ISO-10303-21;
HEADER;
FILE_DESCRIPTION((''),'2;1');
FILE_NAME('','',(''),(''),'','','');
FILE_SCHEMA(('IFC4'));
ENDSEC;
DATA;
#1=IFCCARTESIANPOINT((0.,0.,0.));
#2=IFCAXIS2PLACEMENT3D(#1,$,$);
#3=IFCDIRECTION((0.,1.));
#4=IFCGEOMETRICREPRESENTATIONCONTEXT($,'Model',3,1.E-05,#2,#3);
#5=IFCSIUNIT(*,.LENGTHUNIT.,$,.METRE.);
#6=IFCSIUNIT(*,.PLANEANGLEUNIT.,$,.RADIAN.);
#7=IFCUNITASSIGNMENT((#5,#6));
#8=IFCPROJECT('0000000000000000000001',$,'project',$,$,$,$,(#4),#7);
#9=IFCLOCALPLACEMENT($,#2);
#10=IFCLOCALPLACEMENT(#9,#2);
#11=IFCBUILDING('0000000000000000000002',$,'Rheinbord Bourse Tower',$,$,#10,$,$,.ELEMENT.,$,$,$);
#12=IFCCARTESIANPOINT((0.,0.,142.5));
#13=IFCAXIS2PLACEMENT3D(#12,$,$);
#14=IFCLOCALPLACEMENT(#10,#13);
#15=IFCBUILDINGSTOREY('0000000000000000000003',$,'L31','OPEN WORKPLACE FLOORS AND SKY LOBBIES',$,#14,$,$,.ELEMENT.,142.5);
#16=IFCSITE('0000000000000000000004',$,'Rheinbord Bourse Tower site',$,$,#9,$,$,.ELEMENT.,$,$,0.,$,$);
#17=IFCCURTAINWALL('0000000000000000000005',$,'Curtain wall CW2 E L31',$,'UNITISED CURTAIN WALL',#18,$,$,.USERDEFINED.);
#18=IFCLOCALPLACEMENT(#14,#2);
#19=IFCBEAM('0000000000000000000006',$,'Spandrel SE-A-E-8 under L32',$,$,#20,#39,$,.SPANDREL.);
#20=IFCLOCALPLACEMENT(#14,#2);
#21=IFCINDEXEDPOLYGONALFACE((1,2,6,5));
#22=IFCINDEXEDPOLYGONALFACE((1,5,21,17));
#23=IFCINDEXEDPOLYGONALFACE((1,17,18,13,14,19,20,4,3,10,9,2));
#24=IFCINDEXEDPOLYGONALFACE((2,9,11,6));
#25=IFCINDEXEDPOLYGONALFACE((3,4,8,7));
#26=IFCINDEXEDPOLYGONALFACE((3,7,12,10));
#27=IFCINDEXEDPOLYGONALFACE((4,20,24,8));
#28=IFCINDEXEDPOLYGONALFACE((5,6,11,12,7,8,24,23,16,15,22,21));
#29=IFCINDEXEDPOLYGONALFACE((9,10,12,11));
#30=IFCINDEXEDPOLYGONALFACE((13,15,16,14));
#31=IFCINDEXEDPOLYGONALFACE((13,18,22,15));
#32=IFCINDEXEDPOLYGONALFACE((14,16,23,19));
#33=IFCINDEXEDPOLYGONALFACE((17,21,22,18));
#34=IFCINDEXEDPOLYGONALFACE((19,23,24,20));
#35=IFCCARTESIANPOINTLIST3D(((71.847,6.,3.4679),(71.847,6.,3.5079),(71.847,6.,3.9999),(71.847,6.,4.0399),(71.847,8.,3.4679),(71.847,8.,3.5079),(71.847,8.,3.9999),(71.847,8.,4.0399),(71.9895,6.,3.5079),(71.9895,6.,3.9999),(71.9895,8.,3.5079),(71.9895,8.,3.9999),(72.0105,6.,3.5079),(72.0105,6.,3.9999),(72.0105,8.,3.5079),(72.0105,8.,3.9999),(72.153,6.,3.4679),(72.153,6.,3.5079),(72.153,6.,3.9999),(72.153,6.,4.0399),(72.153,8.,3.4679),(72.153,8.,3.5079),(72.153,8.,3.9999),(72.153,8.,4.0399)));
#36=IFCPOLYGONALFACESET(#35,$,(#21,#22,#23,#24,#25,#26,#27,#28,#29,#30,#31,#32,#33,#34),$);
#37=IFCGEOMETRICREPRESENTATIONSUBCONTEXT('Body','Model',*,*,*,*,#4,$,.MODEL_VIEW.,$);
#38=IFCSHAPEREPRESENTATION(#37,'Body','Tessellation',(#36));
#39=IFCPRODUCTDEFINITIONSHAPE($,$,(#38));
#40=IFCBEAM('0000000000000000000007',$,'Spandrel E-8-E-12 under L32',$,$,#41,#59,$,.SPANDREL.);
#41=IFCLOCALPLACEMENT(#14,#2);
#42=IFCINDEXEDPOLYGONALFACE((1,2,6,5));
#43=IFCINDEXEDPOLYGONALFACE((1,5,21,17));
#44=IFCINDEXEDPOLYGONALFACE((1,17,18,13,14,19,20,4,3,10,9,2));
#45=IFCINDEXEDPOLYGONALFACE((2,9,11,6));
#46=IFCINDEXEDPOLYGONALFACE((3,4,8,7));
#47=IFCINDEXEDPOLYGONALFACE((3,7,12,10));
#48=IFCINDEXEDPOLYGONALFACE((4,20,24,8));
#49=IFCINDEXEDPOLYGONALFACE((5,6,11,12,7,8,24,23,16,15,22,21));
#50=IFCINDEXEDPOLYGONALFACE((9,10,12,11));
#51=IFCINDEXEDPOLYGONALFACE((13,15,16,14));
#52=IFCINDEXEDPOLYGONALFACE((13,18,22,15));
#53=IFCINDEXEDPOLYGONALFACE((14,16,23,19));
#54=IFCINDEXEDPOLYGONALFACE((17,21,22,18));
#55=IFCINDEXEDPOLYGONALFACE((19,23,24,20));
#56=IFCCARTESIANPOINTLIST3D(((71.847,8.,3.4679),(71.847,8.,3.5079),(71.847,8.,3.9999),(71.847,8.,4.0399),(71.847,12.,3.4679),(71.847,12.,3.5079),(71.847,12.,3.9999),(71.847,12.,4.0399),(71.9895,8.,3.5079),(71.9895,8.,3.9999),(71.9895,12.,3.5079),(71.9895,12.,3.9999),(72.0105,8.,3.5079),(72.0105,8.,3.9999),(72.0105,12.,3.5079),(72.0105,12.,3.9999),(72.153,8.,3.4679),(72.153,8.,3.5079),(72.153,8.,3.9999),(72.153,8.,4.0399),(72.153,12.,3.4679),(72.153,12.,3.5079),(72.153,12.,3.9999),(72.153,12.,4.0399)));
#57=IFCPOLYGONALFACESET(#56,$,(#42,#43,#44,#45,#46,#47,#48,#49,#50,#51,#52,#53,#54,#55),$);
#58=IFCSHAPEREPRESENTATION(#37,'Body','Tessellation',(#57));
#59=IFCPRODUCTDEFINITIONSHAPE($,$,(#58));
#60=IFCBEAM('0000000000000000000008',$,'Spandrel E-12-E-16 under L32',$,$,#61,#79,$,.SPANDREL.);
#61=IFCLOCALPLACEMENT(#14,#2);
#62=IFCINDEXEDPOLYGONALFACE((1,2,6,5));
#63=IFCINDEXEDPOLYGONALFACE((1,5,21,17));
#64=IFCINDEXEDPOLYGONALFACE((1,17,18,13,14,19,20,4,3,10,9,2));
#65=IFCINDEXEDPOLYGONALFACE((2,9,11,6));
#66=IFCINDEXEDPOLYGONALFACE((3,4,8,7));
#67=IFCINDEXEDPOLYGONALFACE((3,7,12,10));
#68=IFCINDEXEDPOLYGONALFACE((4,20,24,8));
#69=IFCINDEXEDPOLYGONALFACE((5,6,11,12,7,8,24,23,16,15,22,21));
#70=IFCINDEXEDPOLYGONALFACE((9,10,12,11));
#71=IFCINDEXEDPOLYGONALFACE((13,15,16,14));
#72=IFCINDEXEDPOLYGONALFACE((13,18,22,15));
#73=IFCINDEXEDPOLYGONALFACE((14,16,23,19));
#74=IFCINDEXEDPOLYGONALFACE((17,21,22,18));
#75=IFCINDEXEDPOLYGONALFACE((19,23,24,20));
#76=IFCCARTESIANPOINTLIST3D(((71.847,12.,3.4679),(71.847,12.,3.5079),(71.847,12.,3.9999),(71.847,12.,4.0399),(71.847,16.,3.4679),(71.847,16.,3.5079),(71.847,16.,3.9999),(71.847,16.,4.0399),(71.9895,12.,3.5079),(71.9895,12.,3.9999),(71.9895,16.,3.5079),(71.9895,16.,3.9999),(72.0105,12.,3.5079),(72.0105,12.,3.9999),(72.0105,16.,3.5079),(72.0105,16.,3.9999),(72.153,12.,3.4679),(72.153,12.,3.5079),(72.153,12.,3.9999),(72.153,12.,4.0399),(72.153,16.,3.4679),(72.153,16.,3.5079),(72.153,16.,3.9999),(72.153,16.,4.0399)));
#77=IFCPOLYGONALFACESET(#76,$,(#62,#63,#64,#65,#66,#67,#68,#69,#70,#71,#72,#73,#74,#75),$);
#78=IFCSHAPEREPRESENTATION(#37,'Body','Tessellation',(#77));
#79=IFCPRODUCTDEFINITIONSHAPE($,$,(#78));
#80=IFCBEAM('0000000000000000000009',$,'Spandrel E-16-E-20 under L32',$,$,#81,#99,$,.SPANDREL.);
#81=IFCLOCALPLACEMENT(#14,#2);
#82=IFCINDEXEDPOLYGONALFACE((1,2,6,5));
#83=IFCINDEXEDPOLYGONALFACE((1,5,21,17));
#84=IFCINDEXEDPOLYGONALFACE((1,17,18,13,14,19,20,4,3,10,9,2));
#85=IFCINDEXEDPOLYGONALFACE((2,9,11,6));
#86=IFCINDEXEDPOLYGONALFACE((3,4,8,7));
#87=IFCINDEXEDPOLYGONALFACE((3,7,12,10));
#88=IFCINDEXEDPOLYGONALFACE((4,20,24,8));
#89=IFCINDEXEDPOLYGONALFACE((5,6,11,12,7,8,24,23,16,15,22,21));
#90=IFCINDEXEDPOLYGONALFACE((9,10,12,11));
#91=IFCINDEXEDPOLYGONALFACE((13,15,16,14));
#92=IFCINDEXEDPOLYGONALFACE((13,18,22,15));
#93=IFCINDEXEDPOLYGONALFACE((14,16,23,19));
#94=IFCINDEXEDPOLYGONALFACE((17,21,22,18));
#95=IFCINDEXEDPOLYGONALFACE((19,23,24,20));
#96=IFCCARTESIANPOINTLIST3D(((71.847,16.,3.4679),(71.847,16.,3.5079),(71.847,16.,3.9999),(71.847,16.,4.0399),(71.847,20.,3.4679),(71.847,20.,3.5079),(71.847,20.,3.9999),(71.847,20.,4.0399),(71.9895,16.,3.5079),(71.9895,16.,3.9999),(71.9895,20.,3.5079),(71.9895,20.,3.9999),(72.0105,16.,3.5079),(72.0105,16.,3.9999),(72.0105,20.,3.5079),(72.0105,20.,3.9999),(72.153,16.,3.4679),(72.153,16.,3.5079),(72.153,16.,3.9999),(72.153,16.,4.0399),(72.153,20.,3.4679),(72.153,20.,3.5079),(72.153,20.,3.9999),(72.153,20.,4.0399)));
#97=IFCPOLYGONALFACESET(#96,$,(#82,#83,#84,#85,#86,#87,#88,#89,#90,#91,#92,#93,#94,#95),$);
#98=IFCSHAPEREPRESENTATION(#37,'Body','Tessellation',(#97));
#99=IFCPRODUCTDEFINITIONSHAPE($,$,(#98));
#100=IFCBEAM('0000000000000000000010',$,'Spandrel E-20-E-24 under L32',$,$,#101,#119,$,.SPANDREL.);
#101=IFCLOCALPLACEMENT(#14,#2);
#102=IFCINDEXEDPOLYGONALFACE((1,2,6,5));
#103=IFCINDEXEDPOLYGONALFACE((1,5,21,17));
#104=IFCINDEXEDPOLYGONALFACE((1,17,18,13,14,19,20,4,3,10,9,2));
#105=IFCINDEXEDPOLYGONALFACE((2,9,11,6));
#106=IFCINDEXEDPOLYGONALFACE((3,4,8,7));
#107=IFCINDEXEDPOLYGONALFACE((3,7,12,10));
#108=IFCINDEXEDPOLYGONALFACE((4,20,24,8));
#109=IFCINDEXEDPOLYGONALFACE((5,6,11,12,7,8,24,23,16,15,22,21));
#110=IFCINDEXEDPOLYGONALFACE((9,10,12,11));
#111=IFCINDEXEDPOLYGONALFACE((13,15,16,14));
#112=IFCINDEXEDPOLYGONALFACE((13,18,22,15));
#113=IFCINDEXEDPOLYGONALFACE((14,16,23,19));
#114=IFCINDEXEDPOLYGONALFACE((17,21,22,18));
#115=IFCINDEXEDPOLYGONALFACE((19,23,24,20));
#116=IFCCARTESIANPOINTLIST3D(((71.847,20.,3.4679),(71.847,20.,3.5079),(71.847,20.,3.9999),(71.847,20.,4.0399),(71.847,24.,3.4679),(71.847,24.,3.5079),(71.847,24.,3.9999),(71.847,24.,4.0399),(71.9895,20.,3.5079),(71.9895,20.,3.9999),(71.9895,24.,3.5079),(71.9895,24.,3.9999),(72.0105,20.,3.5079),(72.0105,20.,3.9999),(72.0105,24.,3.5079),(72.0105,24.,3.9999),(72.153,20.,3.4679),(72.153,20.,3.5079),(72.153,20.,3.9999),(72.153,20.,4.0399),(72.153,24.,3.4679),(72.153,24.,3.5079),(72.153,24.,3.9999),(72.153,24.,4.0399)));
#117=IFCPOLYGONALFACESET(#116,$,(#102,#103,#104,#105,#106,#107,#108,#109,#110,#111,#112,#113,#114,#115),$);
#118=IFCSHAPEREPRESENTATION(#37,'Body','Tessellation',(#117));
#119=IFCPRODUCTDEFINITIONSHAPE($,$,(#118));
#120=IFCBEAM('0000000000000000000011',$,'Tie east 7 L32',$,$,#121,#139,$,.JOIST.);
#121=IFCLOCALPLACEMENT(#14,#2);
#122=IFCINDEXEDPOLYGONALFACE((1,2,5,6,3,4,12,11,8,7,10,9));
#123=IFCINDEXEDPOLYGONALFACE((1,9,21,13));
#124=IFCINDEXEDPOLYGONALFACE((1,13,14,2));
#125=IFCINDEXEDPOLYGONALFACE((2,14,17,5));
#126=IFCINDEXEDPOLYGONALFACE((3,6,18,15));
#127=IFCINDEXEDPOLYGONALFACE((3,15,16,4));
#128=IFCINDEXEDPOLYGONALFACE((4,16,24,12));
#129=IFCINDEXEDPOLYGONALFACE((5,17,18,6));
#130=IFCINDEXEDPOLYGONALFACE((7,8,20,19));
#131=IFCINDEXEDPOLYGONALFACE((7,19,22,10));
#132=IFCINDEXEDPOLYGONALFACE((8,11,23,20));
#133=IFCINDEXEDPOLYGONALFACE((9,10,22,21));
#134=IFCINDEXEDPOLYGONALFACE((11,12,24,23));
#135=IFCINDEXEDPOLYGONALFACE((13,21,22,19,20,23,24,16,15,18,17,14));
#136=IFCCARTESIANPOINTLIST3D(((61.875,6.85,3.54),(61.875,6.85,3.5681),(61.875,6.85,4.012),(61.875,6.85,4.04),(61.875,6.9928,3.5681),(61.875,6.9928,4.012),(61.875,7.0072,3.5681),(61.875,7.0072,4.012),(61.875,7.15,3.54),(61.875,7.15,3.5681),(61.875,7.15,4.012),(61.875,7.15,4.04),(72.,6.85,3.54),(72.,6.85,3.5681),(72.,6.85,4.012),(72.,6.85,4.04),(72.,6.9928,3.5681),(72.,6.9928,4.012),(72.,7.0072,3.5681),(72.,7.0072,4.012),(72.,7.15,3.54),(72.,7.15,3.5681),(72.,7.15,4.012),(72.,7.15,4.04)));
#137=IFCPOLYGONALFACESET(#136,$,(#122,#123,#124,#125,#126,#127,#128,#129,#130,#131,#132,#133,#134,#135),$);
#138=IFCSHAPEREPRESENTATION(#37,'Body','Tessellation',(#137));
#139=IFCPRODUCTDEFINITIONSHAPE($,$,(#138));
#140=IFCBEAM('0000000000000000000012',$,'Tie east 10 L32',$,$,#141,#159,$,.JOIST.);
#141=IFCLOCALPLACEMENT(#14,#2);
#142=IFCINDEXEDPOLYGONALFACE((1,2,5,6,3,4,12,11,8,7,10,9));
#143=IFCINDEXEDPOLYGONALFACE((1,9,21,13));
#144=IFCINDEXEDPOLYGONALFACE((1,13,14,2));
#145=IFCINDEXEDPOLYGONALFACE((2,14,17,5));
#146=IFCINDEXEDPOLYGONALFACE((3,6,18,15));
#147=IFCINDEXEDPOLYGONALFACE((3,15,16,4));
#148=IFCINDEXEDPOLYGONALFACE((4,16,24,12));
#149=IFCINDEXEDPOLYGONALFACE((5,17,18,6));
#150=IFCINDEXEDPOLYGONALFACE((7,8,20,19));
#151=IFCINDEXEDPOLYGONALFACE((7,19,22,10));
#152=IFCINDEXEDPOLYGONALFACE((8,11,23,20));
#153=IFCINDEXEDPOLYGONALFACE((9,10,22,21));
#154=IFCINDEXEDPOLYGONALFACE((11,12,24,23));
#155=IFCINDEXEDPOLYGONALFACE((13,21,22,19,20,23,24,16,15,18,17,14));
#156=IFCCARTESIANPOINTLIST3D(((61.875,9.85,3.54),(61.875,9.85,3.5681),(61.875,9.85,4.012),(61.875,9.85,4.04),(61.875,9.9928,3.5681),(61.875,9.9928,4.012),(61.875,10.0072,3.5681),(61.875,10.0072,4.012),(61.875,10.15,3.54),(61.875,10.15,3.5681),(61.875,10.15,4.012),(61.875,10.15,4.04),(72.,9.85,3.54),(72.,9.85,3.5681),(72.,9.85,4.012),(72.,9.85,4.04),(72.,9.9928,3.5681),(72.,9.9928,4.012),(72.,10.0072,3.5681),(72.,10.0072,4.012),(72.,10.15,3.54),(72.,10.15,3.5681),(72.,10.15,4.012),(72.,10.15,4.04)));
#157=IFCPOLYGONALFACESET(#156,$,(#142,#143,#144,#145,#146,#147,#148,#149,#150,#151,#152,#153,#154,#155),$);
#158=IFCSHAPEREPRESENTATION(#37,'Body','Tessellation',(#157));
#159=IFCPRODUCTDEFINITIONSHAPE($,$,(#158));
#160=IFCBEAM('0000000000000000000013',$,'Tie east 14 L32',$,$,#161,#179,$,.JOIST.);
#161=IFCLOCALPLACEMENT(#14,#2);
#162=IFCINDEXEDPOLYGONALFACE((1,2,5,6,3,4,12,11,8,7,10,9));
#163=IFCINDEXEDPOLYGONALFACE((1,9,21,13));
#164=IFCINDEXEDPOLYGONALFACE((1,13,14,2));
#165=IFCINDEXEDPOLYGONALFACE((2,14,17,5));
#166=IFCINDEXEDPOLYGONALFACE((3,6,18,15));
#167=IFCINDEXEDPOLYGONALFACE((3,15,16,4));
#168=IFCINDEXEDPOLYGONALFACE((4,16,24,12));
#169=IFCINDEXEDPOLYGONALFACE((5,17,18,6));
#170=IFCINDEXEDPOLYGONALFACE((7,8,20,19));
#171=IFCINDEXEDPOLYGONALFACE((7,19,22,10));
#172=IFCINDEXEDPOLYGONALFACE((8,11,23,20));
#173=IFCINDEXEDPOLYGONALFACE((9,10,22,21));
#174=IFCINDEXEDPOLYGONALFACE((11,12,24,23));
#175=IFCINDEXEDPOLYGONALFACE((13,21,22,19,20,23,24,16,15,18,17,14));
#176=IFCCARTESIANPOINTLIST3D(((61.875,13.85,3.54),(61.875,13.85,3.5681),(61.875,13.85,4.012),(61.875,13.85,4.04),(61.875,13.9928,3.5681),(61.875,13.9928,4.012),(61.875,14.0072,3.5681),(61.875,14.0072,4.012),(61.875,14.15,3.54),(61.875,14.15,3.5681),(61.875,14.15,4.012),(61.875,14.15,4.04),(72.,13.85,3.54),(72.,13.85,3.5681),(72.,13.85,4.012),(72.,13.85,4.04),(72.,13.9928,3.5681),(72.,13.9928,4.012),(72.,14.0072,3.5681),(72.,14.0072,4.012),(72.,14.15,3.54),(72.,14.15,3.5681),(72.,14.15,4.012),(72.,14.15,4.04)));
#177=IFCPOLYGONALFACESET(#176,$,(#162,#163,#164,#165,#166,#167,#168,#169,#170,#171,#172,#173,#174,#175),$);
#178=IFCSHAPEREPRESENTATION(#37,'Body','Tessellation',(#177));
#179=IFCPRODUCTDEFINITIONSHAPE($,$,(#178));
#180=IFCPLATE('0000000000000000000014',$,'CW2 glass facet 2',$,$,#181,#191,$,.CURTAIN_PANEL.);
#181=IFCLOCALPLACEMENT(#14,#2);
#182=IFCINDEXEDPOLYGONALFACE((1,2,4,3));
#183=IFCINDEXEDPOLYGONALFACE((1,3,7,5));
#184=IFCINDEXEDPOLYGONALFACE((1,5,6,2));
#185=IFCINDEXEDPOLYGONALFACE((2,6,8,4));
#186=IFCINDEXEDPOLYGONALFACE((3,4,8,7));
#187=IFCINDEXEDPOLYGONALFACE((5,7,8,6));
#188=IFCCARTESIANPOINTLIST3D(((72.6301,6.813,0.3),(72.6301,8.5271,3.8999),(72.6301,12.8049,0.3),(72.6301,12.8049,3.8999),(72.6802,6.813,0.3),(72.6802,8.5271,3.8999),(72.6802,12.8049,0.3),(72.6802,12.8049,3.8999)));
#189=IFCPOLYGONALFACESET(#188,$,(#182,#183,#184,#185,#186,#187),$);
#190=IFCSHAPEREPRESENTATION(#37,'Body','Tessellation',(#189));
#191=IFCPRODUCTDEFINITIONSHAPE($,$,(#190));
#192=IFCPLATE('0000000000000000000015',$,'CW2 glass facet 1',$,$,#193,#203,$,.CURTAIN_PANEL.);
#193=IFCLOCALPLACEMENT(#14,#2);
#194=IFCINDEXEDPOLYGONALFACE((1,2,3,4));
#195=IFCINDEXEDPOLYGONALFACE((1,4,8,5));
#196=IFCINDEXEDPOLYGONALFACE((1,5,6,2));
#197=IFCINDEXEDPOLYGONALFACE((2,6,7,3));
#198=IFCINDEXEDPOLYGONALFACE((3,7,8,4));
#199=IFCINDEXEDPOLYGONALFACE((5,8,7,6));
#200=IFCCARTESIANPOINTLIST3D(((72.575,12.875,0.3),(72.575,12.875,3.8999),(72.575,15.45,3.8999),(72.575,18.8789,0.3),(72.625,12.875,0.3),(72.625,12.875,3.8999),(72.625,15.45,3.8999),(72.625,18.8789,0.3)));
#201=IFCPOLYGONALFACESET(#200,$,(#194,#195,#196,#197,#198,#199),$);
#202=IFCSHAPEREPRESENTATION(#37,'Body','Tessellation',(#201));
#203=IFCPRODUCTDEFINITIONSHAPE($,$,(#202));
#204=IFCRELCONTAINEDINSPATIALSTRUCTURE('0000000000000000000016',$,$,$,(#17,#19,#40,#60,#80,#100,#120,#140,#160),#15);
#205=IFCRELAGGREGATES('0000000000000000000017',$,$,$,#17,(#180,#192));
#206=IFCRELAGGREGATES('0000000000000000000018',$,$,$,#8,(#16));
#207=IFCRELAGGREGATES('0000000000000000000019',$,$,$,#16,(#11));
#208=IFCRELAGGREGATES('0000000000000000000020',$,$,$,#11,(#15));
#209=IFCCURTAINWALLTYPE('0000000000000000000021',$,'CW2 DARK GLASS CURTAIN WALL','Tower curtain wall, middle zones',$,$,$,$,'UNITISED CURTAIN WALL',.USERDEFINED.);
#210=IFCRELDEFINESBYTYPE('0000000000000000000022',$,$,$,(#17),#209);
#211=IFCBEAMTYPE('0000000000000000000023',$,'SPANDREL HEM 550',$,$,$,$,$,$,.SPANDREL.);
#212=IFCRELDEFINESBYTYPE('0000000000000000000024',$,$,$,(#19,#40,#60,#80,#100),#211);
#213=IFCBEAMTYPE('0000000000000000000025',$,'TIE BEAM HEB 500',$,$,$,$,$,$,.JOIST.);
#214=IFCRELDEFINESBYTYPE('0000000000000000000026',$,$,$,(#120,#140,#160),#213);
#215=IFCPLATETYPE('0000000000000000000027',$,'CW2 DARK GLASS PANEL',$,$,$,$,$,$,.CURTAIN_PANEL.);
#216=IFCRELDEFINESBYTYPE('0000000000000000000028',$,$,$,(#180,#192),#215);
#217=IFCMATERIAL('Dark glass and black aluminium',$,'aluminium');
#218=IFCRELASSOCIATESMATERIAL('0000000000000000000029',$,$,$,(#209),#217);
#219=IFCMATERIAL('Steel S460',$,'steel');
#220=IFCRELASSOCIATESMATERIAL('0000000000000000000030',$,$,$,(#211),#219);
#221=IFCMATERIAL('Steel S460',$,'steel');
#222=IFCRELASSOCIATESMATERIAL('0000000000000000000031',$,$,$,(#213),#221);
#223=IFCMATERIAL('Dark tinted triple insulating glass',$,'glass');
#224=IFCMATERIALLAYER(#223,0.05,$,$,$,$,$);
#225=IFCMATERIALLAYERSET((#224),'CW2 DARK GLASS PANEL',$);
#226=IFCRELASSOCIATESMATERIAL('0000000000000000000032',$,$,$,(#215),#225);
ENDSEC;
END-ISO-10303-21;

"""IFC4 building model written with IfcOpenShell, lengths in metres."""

from ifc_helpers import new_model, si_unit, direction, frame, origin, origin_2d, place, context, subcontext, project, spatial, polyline, i_section, outline, extrude, material, layer, layer_set, material_profile, profile_set, type_object, element, aggregate, save


model = new_model("IFC4")

# Units and contexts
model_context = context("Model", 3, precision=1e-05, world=origin(), true_north=direction((0.0, 1.0)))
body_context = subcontext(model_context, "Body", "Model", "MODEL_VIEW")
ifc_project = project(units=[si_unit("LENGTHUNIT", "METRE"), si_unit("PLANEANGLEUNIT", "RADIAN")], contexts=[model_context])

# Site, building, storey
site_placement = place(None, origin())
site = spatial("IfcSite", under=ifc_project, at=site_placement, Name="Rheinbord Bourse Tower site", CompositionType="ELEMENT", RefElevation=0.0)
building_placement = place(site_placement, origin())
building = spatial("IfcBuilding", under=site, at=building_placement, Name="Rheinbord Bourse Tower", CompositionType="ELEMENT")
storey_placement = place(building_placement, frame((0.0, 0.0, 142.5)))
storey = spatial("IfcBuildingStorey", under=building, at=storey_placement, Name="L31", Description="OPEN WORKPLACE FLOORS AND SKY LOBBIES", CompositionType="ELEMENT", Elevation=142.5)

# Curtain wall
ifc_material_1 = material(Name="Dark glass and black aluminium", Category="aluminium")
curtain_wall_type = type_object("IfcCurtainWallType", Name="CW2 DARK GLASS CURTAIN WALL", Description="Tower curtain wall, middle zones", ElementType="UNITISED CURTAIN WALL", PredefinedType="USERDEFINED", material=ifc_material_1)
curtain_wall_placement = place(storey_placement, origin())
curtain_wall = element("IfcCurtainWall", 1, at=curtain_wall_placement, inside=storey, type_object=curtain_wall_type, Name="Curtain wall CW2 E L31", ObjectType="UNITISED CURTAIN WALL", PredefinedType="USERDEFINED")

# Beams
ifc_material_2 = material(Name="Steel S460", Category="steel")
ifc_material_profile_1 = material_profile(ifc_material_2, i_section(OverallWidth=0.3059, OverallDepth=0.572, WebThickness=0.021, FlangeThickness=0.04, at=origin_2d()), Name="HEM 550")
ifc_profile_set_1 = profile_set([ifc_material_profile_1], Name="Steel S460")
beam_type_1 = type_object("IfcBeamType", Name="SPANDREL HEM 550", PredefinedType="SPANDREL", material=ifc_profile_set_1)
beam_1_placement = place(storey_placement, frame((72.0, 6.0, 3.7539), z_axis=(0.0, 1.0, 0.0), x_axis=(-1.0, 0.0, 0.0)))
element("IfcBeam", 2, at=beam_1_placement, inside=storey, type_object=beam_type_1, Name="Spandrel SE-A-E-8 under L32", PredefinedType="SPANDREL", context=body_context, shape_type="SweptSolid", body=[
    extrude(i_section(OverallWidth=0.3059, OverallDepth=0.572, WebThickness=0.021, FlangeThickness=0.04, at=origin_2d()), origin(), (0.0, 0.0, 1.0), 2.0),
])
for number, where, z_axis, x_axis, name in (
    (3, (72.0, 8.0, 3.7539), (0.0, 1.0, 0.0), (-1.0, 0.0, 0.0), "Spandrel E-8-E-12 under L32"),
    (4, (72.0, 12.0, 3.7539), (0.0, 1.0, 0.0), (-1.0, 0.0, 0.0), "Spandrel E-12-E-16 under L32"),
    (5, (72.0, 16.0, 3.7539), (0.0, 1.0, 0.0), (-1.0, 0.0, 0.0), "Spandrel E-16-E-20 under L32"),
    (6, (72.0, 20.0, 3.7539), (0.0, 1.0, 0.0), (-1.0, 0.0, 0.0), "Spandrel E-20-E-24 under L32"),
):
    element("IfcBeam", number, at=place(storey_placement, frame(where, z_axis=z_axis, x_axis=x_axis)), inside=storey, type_object=beam_type_1, Name=name, PredefinedType="SPANDREL", context=body_context, shape_type="SweptSolid", body=[
        extrude(i_section(OverallWidth=0.3059, OverallDepth=0.572, WebThickness=0.021, FlangeThickness=0.04, at=origin_2d()), origin(), (0.0, 0.0, 1.0), 4.0),
    ])
ifc_material_3 = material(Name="Steel S460", Category="steel")
ifc_material_profile_2 = material_profile(ifc_material_3, i_section(OverallWidth=0.3, OverallDepth=0.5, WebThickness=0.0144, FlangeThickness=0.0281, at=origin_2d()), Name="HEB 500")
ifc_profile_set_2 = profile_set([ifc_material_profile_2], Name="Steel S460")
beam_type_2 = type_object("IfcBeamType", Name="TIE BEAM HEB 500", PredefinedType="JOIST", material=ifc_profile_set_2)
for number, where, z_axis, x_axis, name in (
    (7, (61.875, 7.0, 3.79), (1.0, 0.0, 0.0), (0.0, 1.0, 0.0), "Tie east 7 L32"),
    (8, (61.875, 10.0, 3.79), (1.0, 0.0, 0.0), (0.0, 1.0, 0.0), "Tie east 10 L32"),
    (9, (61.875, 14.0, 3.79), (1.0, 0.0, 0.0), (0.0, 1.0, 0.0), "Tie east 14 L32"),
):
    element("IfcBeam", number, at=place(storey_placement, frame(where, z_axis=z_axis, x_axis=x_axis)), inside=storey, type_object=beam_type_2, Name=name, PredefinedType="JOIST", context=body_context, shape_type="SweptSolid", body=[
        extrude(i_section(OverallWidth=0.3, OverallDepth=0.5, WebThickness=0.0144, FlangeThickness=0.0281, at=origin_2d()), origin(), (0.0, 0.0, 1.0), 10.125),
    ])

# Plates
ifc_material_4 = material(Name="Dark tinted triple insulating glass", Category="glass")
ifc_layer_1 = layer(ifc_material_4, 0.05)
ifc_layer_set_1 = layer_set([ifc_layer_1], Name="CW2 DARK GLASS PANEL")
plate_type = type_object("IfcPlateType", Name="CW2 DARK GLASS PANEL", PredefinedType="CURTAIN_PANEL", material=ifc_layer_set_1)
plate_1_placement = place(storey_placement, frame((72.6802, 12.8049, 3.8999), z_axis=(-1.0, 0.0, 0.0), x_axis=(0.0, 0.0, -1.0)))
plate_1 = element("IfcPlate", 10, at=plate_1_placement, type_object=plate_type, Name="CW2 glass facet 2", PredefinedType="CURTAIN_PANEL", context=body_context, shape_type="SweptSolid", body=[
    extrude(outline(polyline([(0.0, 0.0), (3.5999, 0.0), (3.5999, 5.9919), (0.0, 4.2778), (0.0, 0.0)])), origin(), (0.0, 0.0, 1.0), 0.05),
])
plate_2_placement = place(storey_placement, frame((72.625, 12.875, 0.3), z_axis=(-1.0, 0.0, 0.0), x_axis=(0.0, 0.0, 1.0)))
plate_2 = element("IfcPlate", 11, at=plate_2_placement, type_object=plate_type, Name="CW2 glass facet 1", PredefinedType="CURTAIN_PANEL", context=body_context, shape_type="SweptSolid", body=[
    extrude(outline(polyline([(0.0, 0.0), (3.5999, 0.0), (3.5999, 2.575), (0.0, 6.0039), (0.0, 0.0)])), origin(), (0.0, 0.0, 1.0), 0.05),
])
aggregate(curtain_wall, [plate_1, plate_2])

save(model, "model.ifc")
